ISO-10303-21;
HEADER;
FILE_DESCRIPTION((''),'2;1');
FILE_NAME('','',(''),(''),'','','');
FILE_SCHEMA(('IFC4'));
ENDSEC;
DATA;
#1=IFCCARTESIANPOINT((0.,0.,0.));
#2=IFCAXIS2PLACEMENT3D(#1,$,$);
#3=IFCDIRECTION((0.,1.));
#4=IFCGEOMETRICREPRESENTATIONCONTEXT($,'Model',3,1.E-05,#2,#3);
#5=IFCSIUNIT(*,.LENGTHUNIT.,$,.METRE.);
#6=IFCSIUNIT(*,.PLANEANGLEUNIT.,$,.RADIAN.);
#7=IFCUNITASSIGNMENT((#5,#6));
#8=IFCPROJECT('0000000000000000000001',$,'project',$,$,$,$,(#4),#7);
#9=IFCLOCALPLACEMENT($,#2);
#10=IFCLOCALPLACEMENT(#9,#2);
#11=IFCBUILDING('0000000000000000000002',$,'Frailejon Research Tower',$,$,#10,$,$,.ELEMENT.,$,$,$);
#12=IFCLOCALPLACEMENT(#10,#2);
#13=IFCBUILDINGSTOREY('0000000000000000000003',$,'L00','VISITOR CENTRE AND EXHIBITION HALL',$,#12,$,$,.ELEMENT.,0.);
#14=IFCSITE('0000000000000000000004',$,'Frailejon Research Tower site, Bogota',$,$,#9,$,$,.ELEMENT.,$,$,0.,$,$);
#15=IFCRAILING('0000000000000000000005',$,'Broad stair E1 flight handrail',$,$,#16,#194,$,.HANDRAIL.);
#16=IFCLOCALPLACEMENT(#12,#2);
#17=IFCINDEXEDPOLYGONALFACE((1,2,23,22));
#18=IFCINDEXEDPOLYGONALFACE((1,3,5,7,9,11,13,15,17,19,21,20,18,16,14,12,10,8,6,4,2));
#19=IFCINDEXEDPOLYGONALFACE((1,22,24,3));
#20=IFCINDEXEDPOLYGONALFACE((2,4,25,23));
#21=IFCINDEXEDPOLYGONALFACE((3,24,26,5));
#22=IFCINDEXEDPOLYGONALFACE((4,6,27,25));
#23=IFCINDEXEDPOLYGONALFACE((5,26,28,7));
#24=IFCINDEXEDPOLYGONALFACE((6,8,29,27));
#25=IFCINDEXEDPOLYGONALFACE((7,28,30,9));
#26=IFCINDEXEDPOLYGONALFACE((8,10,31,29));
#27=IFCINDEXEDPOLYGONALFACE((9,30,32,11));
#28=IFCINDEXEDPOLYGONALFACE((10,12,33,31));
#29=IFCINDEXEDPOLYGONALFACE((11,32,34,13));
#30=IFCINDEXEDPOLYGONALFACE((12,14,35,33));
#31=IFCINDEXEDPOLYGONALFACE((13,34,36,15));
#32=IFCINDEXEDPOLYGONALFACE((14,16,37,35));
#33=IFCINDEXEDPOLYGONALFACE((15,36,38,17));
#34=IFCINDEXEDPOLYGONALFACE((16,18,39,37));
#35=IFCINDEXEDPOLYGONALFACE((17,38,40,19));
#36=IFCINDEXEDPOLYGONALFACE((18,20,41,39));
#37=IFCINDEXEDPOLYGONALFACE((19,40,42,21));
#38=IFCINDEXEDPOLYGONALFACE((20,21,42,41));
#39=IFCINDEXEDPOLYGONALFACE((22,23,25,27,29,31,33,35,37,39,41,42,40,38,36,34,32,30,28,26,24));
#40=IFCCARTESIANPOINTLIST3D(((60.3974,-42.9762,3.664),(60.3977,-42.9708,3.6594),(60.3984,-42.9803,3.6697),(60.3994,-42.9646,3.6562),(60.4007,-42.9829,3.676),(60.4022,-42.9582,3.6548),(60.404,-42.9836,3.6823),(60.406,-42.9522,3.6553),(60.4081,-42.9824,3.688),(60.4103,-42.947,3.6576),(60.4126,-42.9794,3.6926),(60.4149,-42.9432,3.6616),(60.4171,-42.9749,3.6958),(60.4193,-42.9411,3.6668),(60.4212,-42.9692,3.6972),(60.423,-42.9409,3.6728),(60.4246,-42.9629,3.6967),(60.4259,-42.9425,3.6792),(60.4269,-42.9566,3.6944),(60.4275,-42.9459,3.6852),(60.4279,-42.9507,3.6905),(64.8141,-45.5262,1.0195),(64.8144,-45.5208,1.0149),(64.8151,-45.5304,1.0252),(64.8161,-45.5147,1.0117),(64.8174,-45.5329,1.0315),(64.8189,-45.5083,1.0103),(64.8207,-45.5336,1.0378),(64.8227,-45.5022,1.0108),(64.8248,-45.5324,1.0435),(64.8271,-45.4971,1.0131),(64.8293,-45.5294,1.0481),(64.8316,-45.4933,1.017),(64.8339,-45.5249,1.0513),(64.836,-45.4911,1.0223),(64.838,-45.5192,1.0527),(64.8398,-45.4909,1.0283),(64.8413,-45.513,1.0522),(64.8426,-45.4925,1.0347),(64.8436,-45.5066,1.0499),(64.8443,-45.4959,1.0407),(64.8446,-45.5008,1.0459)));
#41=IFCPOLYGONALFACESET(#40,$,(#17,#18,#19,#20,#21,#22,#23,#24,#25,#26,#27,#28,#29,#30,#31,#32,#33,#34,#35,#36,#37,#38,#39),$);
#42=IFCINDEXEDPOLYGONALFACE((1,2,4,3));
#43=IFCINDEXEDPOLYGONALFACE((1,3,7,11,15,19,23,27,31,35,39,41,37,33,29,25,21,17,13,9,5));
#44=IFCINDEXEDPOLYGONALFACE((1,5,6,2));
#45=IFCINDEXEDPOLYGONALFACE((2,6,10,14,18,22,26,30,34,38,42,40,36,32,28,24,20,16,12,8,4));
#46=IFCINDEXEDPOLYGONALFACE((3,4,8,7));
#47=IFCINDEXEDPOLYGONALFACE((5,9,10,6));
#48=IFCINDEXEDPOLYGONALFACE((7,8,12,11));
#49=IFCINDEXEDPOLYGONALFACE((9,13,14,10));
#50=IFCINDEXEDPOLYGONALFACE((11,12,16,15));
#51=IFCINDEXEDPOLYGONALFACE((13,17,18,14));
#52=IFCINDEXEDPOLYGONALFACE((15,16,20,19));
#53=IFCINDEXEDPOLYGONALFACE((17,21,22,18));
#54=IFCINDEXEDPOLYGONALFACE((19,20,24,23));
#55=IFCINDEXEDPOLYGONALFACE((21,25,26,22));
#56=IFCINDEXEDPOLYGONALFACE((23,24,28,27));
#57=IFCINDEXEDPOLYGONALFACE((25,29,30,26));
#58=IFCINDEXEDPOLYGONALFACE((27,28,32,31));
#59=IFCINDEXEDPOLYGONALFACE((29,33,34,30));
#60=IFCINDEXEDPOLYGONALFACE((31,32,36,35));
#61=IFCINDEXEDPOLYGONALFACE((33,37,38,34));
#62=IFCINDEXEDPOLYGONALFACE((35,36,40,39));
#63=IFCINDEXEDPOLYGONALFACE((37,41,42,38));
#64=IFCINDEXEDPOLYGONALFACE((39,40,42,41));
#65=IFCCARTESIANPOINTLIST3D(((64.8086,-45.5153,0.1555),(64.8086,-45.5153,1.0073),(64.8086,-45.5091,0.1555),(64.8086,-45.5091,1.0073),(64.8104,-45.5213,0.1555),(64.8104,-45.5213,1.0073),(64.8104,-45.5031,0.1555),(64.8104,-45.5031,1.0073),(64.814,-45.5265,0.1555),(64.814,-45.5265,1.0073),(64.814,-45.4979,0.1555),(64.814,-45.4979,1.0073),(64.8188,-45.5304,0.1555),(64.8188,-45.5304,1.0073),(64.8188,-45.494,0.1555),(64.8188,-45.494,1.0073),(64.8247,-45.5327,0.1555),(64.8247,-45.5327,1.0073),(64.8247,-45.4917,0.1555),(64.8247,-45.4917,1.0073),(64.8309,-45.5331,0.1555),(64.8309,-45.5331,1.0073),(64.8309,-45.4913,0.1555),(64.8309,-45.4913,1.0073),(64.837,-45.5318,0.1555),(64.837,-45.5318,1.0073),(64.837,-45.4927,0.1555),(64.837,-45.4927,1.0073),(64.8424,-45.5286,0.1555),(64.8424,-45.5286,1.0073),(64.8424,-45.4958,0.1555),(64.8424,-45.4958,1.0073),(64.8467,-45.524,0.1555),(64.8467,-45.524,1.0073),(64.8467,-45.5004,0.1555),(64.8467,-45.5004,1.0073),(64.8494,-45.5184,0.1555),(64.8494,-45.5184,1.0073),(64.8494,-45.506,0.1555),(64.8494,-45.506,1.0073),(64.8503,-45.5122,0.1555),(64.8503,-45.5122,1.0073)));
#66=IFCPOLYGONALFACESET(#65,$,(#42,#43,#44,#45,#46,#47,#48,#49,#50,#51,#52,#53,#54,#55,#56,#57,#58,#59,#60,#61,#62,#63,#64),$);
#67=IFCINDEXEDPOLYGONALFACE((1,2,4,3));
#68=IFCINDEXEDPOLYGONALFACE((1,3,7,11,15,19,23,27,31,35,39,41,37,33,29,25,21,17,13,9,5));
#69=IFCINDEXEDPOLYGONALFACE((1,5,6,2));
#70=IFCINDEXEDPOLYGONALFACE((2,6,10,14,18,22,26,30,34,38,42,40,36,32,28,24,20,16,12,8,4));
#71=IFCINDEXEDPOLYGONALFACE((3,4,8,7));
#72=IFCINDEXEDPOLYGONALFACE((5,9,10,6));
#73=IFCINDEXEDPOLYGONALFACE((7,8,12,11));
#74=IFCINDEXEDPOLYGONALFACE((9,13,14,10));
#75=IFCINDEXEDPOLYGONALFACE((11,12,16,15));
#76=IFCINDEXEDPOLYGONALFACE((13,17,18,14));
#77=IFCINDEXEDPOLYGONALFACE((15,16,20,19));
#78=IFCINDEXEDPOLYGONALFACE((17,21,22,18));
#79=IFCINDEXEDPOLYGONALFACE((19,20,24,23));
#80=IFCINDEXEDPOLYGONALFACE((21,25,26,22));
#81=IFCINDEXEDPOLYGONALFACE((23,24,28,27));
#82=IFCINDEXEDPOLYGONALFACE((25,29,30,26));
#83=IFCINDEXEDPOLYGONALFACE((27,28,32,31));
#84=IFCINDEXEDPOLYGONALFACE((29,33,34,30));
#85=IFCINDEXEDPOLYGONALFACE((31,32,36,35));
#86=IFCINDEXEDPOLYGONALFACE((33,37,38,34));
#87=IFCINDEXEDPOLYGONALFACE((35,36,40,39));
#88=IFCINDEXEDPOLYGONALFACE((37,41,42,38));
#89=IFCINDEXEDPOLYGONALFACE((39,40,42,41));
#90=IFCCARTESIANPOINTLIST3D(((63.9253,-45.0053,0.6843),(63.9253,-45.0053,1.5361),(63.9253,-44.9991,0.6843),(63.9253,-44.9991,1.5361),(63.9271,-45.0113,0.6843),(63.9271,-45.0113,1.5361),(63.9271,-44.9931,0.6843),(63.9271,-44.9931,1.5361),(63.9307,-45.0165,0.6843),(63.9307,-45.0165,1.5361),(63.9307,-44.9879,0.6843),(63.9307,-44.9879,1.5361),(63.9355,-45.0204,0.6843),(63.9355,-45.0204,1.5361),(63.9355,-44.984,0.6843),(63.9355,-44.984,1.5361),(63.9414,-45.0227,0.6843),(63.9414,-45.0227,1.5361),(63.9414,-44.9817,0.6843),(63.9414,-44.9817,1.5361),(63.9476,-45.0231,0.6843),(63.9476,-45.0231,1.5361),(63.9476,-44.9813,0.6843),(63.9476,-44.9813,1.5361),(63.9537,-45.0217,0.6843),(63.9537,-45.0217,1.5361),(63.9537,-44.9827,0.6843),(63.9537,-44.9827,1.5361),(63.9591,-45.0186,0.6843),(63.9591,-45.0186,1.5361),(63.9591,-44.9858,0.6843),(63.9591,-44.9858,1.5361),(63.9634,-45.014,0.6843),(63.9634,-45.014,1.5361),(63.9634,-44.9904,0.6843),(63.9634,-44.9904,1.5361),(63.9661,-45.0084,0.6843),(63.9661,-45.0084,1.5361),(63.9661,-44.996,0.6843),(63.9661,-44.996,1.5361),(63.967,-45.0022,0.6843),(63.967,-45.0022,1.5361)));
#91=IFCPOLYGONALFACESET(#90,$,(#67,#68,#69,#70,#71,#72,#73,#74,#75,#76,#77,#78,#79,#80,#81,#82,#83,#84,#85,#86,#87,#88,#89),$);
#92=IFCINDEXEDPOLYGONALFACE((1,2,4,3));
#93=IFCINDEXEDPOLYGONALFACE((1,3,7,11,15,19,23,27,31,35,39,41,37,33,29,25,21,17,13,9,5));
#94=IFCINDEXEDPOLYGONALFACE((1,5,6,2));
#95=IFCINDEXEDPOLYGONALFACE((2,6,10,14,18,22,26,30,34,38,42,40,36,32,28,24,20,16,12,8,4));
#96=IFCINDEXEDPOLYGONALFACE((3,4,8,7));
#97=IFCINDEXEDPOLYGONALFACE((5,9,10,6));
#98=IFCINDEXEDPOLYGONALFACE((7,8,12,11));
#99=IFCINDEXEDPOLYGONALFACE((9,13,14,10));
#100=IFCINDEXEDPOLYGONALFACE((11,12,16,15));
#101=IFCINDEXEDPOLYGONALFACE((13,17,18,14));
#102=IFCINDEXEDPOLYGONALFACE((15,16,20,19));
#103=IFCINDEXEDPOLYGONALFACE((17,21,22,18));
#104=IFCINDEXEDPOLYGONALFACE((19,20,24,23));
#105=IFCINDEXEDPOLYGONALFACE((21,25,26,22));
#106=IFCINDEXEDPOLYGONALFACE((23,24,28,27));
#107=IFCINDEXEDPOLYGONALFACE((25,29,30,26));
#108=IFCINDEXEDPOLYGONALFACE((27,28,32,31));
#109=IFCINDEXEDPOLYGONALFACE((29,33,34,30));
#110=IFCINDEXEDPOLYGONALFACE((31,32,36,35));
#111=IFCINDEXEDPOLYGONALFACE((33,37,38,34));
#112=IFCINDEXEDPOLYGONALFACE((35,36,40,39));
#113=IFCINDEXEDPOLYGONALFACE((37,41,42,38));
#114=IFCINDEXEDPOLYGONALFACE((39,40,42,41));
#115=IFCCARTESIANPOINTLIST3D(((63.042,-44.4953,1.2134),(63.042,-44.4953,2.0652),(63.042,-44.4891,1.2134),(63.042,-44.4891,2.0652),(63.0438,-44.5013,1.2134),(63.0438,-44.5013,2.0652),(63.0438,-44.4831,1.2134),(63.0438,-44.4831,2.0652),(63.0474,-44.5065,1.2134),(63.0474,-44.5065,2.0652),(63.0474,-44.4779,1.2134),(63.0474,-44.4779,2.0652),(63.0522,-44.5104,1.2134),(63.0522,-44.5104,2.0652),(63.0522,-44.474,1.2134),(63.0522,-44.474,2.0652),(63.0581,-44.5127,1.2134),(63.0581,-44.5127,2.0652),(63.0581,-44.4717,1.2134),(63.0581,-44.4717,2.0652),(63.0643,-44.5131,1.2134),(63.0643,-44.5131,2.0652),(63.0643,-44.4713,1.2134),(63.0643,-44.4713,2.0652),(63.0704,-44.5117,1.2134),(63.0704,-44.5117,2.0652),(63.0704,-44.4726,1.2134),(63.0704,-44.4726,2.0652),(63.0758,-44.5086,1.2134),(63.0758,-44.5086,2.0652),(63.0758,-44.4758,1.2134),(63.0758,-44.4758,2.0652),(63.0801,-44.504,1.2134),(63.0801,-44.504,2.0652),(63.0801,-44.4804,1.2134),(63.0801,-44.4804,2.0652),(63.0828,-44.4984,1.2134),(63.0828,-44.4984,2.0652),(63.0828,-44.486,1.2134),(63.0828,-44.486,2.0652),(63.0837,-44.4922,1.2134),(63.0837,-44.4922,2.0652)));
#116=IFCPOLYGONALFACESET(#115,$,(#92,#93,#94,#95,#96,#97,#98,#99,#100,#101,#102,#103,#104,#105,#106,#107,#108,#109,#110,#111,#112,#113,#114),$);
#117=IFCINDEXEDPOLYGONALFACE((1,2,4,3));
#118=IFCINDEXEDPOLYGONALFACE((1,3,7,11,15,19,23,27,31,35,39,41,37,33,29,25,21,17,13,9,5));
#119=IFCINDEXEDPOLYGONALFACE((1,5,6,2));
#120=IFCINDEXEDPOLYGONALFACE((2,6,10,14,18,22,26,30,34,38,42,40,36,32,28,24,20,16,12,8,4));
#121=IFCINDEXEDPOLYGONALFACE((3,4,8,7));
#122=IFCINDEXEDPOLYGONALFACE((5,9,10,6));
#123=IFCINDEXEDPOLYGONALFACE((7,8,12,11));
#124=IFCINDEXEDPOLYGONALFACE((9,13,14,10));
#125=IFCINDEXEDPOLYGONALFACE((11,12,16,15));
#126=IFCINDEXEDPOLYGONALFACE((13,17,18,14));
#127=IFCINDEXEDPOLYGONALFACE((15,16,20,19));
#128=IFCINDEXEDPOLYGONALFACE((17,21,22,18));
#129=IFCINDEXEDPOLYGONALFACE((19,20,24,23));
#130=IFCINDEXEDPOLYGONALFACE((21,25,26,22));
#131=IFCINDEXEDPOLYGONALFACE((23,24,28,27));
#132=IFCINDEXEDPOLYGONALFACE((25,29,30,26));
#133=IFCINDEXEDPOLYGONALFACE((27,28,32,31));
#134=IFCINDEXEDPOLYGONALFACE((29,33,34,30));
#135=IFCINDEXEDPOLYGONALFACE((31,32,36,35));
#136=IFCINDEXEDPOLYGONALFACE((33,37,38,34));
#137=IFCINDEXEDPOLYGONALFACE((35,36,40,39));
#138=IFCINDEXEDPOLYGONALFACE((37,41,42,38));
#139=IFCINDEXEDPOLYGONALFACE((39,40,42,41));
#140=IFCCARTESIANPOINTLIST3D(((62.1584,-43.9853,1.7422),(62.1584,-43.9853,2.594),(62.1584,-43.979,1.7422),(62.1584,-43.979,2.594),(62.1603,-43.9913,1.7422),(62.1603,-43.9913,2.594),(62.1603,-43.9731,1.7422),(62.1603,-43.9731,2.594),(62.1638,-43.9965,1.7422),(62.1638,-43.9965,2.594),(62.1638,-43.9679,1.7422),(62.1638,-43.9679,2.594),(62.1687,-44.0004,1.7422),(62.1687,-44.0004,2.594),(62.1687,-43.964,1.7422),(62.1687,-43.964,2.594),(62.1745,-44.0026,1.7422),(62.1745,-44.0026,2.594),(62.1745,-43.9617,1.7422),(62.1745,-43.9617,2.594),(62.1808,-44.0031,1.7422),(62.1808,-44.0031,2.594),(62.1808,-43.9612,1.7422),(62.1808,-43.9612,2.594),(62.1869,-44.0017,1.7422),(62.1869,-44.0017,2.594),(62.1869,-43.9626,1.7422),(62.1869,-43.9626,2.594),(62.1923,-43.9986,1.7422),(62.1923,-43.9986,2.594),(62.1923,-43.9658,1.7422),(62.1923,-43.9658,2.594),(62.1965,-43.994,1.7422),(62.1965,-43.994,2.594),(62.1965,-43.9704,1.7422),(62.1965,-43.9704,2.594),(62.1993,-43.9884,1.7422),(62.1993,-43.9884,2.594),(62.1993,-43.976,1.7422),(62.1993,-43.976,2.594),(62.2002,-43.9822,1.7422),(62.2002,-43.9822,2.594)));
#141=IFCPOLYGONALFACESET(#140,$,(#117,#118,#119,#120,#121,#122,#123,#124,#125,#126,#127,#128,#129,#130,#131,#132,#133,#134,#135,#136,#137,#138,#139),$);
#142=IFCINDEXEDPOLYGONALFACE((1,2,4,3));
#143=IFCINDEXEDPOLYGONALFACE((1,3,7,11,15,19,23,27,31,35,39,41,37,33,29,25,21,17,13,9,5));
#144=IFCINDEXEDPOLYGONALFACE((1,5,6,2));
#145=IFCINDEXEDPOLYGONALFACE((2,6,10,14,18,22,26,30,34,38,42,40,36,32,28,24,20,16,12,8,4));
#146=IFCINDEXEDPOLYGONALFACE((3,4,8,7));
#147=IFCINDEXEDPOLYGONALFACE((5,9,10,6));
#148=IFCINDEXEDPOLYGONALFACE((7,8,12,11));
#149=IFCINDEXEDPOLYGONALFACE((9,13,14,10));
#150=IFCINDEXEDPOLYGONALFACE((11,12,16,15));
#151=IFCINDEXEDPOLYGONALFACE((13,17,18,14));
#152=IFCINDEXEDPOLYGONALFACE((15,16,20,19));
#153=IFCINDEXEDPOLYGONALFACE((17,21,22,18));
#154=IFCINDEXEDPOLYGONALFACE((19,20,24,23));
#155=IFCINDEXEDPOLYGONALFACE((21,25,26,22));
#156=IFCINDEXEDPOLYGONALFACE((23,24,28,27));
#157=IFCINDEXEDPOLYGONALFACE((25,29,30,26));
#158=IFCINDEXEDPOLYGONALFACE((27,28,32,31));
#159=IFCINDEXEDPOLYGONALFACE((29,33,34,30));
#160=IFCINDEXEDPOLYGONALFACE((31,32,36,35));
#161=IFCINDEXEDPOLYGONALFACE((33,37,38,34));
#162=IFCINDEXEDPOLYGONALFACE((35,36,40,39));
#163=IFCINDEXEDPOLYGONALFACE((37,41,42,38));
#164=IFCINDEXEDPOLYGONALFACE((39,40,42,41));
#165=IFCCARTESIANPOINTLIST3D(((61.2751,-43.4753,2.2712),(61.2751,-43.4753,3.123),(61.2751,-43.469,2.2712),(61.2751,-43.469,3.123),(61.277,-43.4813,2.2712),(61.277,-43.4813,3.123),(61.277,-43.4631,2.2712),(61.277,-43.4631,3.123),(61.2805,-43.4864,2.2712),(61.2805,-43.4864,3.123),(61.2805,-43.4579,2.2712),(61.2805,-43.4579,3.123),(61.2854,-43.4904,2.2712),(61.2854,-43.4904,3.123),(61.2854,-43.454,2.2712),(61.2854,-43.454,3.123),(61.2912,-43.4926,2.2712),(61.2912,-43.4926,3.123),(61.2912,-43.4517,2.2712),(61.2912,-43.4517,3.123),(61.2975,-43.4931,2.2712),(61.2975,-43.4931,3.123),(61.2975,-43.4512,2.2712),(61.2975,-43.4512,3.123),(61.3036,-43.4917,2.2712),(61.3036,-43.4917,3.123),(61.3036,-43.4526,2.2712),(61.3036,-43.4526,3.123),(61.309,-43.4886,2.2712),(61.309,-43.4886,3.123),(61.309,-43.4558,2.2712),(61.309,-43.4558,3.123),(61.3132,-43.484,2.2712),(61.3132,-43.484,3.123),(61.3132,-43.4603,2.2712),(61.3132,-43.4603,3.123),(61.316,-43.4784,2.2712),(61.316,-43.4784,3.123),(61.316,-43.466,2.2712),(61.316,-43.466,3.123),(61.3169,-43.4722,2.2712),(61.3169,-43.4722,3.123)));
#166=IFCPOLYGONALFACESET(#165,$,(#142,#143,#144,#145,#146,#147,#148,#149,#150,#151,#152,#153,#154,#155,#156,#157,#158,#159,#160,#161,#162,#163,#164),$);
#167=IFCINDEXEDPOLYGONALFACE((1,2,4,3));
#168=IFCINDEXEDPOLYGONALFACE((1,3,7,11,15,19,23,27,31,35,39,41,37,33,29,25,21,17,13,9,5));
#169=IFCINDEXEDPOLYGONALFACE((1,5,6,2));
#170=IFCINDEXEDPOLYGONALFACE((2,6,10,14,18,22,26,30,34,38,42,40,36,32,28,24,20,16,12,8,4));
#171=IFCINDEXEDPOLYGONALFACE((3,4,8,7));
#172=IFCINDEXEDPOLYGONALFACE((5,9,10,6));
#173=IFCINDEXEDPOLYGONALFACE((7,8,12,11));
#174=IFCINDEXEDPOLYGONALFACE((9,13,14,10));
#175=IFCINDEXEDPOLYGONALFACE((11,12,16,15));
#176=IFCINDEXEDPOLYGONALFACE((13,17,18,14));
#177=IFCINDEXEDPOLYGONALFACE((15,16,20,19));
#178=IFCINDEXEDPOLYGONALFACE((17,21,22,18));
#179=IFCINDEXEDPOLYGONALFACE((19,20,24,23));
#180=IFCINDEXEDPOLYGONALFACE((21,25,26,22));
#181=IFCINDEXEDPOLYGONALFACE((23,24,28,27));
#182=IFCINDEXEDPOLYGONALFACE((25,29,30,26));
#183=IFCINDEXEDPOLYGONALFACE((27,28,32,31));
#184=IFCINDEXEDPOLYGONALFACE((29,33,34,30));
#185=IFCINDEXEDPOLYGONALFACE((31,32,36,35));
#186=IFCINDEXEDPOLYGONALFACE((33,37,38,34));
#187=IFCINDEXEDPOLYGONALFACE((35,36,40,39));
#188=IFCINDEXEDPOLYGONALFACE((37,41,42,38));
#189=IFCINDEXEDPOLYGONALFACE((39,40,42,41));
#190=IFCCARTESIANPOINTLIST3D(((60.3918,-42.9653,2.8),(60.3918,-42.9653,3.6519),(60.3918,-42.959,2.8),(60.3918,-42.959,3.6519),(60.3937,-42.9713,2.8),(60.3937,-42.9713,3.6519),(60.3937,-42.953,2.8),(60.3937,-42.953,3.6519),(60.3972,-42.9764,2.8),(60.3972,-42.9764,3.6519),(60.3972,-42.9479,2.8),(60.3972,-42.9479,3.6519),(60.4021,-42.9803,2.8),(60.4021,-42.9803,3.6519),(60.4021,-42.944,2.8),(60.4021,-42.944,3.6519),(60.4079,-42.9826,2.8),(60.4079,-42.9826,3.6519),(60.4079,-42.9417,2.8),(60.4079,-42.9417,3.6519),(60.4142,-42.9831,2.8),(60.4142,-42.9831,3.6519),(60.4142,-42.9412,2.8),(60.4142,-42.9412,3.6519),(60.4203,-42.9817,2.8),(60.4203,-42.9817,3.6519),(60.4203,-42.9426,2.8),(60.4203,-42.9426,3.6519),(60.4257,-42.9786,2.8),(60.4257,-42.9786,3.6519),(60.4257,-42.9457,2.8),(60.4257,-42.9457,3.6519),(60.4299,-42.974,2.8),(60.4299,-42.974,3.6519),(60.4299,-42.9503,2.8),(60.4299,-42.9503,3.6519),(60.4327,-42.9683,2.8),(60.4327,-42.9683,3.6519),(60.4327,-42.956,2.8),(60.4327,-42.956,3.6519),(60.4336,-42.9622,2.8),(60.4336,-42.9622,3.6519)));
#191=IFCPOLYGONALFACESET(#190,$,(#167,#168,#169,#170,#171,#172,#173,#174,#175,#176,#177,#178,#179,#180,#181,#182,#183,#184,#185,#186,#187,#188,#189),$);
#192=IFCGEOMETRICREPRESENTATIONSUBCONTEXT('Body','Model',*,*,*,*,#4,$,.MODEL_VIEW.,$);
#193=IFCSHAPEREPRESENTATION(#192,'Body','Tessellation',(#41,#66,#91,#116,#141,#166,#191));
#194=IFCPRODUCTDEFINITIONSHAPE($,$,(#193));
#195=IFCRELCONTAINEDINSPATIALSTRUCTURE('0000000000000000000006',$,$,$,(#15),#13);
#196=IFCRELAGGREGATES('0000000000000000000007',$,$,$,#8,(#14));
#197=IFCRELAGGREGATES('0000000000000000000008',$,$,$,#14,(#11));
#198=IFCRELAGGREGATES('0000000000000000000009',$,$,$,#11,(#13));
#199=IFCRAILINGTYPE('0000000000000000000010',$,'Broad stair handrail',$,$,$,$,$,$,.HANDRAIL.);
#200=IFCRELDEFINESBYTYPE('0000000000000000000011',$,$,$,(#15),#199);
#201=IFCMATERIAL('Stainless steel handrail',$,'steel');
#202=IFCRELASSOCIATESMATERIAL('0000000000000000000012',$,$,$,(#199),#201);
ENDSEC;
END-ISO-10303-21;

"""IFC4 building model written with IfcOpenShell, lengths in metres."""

from ifc_helpers import new_model, si_unit, direction, frame, origin, origin_2d, place, context, subcontext, project, spatial, circle, extrude, material, type_object, element, save


model = new_model("IFC4")

# Units and contexts
model_context = context("Model", 3, precision=1e-05, world=origin(), true_north=direction((0.0, 1.0)))
body_context = subcontext(model_context, "Body", "Model", "MODEL_VIEW")
ifc_project = project(units=[si_unit("LENGTHUNIT", "METRE"), si_unit("PLANEANGLEUNIT", "RADIAN")], contexts=[model_context])

# Site, building, storey
site_placement = place(None, origin())
site = spatial("IfcSite", under=ifc_project, at=site_placement, Name="Frailejon Research Tower site, Bogota", CompositionType="ELEMENT", RefElevation=0.0)
building_placement = place(site_placement, origin())
building = spatial("IfcBuilding", under=site, at=building_placement, Name="Frailejon Research Tower", CompositionType="ELEMENT")
storey_placement = place(building_placement, origin())
storey = spatial("IfcBuildingStorey", under=building, at=storey_placement, Name="L00", Description="VISITOR CENTRE AND EXHIBITION HALL", CompositionType="ELEMENT", Elevation=0.0)

# Railing
ifc_material_1 = material(Name="Stainless steel handrail", Category="steel")
railing_type_1 = type_object("IfcRailingType", Name="Broad stair handrail", PredefinedType="HANDRAIL", material=ifc_material_1)
for number, where, name in (
    (1, (64.8293, -45.5122, 0.1555), "Broad stair E1 flight handrail"),
):
    element("IfcRailing", number, at=place(storey_placement, frame(where)), inside=storey, type_object=railing_type_1, Name=name, PredefinedType="HANDRAIL", context=body_context, shape_type="SweptSolid", body=[
        extrude(circle(Radius=0.0239, at=origin_2d()), frame((0.0, 0.0, 0.876), z_axis=(-0.768811, 0.44388, 0.460326), x_axis=(-0.500006, -0.866022, 0.0)), (0.0, 0.0, 1.0), 5.7449),
        extrude(circle(Radius=0.021, at=origin_2d()), origin(), (0.0, 0.0, 1.0), 0.8518),
        extrude(circle(Radius=0.021, at=origin_2d()), frame((-0.8833, 0.51, 0.5288)), (0.0, 0.0, 1.0), 0.8518),
        extrude(circle(Radius=0.021, at=origin_2d()), frame((-1.7666, 1.02, 1.0579)), (0.0, 0.0, 1.0), 0.8518),
        extrude(circle(Radius=0.021, at=origin_2d()), frame((-2.6501, 1.53, 1.5867)), (0.0, 0.0, 1.0), 0.8518),
        extrude(circle(Radius=0.021, at=origin_2d()), frame((-3.5334, 2.04, 2.1157)), (0.0, 0.0, 1.0), 0.8518),
        extrude(circle(Radius=0.021, at=origin_2d()), frame((-4.4167, 2.55, 2.6445)), (0.0, 0.0, 1.0), 0.8518),
    ])

save(model, "model.ifc")
